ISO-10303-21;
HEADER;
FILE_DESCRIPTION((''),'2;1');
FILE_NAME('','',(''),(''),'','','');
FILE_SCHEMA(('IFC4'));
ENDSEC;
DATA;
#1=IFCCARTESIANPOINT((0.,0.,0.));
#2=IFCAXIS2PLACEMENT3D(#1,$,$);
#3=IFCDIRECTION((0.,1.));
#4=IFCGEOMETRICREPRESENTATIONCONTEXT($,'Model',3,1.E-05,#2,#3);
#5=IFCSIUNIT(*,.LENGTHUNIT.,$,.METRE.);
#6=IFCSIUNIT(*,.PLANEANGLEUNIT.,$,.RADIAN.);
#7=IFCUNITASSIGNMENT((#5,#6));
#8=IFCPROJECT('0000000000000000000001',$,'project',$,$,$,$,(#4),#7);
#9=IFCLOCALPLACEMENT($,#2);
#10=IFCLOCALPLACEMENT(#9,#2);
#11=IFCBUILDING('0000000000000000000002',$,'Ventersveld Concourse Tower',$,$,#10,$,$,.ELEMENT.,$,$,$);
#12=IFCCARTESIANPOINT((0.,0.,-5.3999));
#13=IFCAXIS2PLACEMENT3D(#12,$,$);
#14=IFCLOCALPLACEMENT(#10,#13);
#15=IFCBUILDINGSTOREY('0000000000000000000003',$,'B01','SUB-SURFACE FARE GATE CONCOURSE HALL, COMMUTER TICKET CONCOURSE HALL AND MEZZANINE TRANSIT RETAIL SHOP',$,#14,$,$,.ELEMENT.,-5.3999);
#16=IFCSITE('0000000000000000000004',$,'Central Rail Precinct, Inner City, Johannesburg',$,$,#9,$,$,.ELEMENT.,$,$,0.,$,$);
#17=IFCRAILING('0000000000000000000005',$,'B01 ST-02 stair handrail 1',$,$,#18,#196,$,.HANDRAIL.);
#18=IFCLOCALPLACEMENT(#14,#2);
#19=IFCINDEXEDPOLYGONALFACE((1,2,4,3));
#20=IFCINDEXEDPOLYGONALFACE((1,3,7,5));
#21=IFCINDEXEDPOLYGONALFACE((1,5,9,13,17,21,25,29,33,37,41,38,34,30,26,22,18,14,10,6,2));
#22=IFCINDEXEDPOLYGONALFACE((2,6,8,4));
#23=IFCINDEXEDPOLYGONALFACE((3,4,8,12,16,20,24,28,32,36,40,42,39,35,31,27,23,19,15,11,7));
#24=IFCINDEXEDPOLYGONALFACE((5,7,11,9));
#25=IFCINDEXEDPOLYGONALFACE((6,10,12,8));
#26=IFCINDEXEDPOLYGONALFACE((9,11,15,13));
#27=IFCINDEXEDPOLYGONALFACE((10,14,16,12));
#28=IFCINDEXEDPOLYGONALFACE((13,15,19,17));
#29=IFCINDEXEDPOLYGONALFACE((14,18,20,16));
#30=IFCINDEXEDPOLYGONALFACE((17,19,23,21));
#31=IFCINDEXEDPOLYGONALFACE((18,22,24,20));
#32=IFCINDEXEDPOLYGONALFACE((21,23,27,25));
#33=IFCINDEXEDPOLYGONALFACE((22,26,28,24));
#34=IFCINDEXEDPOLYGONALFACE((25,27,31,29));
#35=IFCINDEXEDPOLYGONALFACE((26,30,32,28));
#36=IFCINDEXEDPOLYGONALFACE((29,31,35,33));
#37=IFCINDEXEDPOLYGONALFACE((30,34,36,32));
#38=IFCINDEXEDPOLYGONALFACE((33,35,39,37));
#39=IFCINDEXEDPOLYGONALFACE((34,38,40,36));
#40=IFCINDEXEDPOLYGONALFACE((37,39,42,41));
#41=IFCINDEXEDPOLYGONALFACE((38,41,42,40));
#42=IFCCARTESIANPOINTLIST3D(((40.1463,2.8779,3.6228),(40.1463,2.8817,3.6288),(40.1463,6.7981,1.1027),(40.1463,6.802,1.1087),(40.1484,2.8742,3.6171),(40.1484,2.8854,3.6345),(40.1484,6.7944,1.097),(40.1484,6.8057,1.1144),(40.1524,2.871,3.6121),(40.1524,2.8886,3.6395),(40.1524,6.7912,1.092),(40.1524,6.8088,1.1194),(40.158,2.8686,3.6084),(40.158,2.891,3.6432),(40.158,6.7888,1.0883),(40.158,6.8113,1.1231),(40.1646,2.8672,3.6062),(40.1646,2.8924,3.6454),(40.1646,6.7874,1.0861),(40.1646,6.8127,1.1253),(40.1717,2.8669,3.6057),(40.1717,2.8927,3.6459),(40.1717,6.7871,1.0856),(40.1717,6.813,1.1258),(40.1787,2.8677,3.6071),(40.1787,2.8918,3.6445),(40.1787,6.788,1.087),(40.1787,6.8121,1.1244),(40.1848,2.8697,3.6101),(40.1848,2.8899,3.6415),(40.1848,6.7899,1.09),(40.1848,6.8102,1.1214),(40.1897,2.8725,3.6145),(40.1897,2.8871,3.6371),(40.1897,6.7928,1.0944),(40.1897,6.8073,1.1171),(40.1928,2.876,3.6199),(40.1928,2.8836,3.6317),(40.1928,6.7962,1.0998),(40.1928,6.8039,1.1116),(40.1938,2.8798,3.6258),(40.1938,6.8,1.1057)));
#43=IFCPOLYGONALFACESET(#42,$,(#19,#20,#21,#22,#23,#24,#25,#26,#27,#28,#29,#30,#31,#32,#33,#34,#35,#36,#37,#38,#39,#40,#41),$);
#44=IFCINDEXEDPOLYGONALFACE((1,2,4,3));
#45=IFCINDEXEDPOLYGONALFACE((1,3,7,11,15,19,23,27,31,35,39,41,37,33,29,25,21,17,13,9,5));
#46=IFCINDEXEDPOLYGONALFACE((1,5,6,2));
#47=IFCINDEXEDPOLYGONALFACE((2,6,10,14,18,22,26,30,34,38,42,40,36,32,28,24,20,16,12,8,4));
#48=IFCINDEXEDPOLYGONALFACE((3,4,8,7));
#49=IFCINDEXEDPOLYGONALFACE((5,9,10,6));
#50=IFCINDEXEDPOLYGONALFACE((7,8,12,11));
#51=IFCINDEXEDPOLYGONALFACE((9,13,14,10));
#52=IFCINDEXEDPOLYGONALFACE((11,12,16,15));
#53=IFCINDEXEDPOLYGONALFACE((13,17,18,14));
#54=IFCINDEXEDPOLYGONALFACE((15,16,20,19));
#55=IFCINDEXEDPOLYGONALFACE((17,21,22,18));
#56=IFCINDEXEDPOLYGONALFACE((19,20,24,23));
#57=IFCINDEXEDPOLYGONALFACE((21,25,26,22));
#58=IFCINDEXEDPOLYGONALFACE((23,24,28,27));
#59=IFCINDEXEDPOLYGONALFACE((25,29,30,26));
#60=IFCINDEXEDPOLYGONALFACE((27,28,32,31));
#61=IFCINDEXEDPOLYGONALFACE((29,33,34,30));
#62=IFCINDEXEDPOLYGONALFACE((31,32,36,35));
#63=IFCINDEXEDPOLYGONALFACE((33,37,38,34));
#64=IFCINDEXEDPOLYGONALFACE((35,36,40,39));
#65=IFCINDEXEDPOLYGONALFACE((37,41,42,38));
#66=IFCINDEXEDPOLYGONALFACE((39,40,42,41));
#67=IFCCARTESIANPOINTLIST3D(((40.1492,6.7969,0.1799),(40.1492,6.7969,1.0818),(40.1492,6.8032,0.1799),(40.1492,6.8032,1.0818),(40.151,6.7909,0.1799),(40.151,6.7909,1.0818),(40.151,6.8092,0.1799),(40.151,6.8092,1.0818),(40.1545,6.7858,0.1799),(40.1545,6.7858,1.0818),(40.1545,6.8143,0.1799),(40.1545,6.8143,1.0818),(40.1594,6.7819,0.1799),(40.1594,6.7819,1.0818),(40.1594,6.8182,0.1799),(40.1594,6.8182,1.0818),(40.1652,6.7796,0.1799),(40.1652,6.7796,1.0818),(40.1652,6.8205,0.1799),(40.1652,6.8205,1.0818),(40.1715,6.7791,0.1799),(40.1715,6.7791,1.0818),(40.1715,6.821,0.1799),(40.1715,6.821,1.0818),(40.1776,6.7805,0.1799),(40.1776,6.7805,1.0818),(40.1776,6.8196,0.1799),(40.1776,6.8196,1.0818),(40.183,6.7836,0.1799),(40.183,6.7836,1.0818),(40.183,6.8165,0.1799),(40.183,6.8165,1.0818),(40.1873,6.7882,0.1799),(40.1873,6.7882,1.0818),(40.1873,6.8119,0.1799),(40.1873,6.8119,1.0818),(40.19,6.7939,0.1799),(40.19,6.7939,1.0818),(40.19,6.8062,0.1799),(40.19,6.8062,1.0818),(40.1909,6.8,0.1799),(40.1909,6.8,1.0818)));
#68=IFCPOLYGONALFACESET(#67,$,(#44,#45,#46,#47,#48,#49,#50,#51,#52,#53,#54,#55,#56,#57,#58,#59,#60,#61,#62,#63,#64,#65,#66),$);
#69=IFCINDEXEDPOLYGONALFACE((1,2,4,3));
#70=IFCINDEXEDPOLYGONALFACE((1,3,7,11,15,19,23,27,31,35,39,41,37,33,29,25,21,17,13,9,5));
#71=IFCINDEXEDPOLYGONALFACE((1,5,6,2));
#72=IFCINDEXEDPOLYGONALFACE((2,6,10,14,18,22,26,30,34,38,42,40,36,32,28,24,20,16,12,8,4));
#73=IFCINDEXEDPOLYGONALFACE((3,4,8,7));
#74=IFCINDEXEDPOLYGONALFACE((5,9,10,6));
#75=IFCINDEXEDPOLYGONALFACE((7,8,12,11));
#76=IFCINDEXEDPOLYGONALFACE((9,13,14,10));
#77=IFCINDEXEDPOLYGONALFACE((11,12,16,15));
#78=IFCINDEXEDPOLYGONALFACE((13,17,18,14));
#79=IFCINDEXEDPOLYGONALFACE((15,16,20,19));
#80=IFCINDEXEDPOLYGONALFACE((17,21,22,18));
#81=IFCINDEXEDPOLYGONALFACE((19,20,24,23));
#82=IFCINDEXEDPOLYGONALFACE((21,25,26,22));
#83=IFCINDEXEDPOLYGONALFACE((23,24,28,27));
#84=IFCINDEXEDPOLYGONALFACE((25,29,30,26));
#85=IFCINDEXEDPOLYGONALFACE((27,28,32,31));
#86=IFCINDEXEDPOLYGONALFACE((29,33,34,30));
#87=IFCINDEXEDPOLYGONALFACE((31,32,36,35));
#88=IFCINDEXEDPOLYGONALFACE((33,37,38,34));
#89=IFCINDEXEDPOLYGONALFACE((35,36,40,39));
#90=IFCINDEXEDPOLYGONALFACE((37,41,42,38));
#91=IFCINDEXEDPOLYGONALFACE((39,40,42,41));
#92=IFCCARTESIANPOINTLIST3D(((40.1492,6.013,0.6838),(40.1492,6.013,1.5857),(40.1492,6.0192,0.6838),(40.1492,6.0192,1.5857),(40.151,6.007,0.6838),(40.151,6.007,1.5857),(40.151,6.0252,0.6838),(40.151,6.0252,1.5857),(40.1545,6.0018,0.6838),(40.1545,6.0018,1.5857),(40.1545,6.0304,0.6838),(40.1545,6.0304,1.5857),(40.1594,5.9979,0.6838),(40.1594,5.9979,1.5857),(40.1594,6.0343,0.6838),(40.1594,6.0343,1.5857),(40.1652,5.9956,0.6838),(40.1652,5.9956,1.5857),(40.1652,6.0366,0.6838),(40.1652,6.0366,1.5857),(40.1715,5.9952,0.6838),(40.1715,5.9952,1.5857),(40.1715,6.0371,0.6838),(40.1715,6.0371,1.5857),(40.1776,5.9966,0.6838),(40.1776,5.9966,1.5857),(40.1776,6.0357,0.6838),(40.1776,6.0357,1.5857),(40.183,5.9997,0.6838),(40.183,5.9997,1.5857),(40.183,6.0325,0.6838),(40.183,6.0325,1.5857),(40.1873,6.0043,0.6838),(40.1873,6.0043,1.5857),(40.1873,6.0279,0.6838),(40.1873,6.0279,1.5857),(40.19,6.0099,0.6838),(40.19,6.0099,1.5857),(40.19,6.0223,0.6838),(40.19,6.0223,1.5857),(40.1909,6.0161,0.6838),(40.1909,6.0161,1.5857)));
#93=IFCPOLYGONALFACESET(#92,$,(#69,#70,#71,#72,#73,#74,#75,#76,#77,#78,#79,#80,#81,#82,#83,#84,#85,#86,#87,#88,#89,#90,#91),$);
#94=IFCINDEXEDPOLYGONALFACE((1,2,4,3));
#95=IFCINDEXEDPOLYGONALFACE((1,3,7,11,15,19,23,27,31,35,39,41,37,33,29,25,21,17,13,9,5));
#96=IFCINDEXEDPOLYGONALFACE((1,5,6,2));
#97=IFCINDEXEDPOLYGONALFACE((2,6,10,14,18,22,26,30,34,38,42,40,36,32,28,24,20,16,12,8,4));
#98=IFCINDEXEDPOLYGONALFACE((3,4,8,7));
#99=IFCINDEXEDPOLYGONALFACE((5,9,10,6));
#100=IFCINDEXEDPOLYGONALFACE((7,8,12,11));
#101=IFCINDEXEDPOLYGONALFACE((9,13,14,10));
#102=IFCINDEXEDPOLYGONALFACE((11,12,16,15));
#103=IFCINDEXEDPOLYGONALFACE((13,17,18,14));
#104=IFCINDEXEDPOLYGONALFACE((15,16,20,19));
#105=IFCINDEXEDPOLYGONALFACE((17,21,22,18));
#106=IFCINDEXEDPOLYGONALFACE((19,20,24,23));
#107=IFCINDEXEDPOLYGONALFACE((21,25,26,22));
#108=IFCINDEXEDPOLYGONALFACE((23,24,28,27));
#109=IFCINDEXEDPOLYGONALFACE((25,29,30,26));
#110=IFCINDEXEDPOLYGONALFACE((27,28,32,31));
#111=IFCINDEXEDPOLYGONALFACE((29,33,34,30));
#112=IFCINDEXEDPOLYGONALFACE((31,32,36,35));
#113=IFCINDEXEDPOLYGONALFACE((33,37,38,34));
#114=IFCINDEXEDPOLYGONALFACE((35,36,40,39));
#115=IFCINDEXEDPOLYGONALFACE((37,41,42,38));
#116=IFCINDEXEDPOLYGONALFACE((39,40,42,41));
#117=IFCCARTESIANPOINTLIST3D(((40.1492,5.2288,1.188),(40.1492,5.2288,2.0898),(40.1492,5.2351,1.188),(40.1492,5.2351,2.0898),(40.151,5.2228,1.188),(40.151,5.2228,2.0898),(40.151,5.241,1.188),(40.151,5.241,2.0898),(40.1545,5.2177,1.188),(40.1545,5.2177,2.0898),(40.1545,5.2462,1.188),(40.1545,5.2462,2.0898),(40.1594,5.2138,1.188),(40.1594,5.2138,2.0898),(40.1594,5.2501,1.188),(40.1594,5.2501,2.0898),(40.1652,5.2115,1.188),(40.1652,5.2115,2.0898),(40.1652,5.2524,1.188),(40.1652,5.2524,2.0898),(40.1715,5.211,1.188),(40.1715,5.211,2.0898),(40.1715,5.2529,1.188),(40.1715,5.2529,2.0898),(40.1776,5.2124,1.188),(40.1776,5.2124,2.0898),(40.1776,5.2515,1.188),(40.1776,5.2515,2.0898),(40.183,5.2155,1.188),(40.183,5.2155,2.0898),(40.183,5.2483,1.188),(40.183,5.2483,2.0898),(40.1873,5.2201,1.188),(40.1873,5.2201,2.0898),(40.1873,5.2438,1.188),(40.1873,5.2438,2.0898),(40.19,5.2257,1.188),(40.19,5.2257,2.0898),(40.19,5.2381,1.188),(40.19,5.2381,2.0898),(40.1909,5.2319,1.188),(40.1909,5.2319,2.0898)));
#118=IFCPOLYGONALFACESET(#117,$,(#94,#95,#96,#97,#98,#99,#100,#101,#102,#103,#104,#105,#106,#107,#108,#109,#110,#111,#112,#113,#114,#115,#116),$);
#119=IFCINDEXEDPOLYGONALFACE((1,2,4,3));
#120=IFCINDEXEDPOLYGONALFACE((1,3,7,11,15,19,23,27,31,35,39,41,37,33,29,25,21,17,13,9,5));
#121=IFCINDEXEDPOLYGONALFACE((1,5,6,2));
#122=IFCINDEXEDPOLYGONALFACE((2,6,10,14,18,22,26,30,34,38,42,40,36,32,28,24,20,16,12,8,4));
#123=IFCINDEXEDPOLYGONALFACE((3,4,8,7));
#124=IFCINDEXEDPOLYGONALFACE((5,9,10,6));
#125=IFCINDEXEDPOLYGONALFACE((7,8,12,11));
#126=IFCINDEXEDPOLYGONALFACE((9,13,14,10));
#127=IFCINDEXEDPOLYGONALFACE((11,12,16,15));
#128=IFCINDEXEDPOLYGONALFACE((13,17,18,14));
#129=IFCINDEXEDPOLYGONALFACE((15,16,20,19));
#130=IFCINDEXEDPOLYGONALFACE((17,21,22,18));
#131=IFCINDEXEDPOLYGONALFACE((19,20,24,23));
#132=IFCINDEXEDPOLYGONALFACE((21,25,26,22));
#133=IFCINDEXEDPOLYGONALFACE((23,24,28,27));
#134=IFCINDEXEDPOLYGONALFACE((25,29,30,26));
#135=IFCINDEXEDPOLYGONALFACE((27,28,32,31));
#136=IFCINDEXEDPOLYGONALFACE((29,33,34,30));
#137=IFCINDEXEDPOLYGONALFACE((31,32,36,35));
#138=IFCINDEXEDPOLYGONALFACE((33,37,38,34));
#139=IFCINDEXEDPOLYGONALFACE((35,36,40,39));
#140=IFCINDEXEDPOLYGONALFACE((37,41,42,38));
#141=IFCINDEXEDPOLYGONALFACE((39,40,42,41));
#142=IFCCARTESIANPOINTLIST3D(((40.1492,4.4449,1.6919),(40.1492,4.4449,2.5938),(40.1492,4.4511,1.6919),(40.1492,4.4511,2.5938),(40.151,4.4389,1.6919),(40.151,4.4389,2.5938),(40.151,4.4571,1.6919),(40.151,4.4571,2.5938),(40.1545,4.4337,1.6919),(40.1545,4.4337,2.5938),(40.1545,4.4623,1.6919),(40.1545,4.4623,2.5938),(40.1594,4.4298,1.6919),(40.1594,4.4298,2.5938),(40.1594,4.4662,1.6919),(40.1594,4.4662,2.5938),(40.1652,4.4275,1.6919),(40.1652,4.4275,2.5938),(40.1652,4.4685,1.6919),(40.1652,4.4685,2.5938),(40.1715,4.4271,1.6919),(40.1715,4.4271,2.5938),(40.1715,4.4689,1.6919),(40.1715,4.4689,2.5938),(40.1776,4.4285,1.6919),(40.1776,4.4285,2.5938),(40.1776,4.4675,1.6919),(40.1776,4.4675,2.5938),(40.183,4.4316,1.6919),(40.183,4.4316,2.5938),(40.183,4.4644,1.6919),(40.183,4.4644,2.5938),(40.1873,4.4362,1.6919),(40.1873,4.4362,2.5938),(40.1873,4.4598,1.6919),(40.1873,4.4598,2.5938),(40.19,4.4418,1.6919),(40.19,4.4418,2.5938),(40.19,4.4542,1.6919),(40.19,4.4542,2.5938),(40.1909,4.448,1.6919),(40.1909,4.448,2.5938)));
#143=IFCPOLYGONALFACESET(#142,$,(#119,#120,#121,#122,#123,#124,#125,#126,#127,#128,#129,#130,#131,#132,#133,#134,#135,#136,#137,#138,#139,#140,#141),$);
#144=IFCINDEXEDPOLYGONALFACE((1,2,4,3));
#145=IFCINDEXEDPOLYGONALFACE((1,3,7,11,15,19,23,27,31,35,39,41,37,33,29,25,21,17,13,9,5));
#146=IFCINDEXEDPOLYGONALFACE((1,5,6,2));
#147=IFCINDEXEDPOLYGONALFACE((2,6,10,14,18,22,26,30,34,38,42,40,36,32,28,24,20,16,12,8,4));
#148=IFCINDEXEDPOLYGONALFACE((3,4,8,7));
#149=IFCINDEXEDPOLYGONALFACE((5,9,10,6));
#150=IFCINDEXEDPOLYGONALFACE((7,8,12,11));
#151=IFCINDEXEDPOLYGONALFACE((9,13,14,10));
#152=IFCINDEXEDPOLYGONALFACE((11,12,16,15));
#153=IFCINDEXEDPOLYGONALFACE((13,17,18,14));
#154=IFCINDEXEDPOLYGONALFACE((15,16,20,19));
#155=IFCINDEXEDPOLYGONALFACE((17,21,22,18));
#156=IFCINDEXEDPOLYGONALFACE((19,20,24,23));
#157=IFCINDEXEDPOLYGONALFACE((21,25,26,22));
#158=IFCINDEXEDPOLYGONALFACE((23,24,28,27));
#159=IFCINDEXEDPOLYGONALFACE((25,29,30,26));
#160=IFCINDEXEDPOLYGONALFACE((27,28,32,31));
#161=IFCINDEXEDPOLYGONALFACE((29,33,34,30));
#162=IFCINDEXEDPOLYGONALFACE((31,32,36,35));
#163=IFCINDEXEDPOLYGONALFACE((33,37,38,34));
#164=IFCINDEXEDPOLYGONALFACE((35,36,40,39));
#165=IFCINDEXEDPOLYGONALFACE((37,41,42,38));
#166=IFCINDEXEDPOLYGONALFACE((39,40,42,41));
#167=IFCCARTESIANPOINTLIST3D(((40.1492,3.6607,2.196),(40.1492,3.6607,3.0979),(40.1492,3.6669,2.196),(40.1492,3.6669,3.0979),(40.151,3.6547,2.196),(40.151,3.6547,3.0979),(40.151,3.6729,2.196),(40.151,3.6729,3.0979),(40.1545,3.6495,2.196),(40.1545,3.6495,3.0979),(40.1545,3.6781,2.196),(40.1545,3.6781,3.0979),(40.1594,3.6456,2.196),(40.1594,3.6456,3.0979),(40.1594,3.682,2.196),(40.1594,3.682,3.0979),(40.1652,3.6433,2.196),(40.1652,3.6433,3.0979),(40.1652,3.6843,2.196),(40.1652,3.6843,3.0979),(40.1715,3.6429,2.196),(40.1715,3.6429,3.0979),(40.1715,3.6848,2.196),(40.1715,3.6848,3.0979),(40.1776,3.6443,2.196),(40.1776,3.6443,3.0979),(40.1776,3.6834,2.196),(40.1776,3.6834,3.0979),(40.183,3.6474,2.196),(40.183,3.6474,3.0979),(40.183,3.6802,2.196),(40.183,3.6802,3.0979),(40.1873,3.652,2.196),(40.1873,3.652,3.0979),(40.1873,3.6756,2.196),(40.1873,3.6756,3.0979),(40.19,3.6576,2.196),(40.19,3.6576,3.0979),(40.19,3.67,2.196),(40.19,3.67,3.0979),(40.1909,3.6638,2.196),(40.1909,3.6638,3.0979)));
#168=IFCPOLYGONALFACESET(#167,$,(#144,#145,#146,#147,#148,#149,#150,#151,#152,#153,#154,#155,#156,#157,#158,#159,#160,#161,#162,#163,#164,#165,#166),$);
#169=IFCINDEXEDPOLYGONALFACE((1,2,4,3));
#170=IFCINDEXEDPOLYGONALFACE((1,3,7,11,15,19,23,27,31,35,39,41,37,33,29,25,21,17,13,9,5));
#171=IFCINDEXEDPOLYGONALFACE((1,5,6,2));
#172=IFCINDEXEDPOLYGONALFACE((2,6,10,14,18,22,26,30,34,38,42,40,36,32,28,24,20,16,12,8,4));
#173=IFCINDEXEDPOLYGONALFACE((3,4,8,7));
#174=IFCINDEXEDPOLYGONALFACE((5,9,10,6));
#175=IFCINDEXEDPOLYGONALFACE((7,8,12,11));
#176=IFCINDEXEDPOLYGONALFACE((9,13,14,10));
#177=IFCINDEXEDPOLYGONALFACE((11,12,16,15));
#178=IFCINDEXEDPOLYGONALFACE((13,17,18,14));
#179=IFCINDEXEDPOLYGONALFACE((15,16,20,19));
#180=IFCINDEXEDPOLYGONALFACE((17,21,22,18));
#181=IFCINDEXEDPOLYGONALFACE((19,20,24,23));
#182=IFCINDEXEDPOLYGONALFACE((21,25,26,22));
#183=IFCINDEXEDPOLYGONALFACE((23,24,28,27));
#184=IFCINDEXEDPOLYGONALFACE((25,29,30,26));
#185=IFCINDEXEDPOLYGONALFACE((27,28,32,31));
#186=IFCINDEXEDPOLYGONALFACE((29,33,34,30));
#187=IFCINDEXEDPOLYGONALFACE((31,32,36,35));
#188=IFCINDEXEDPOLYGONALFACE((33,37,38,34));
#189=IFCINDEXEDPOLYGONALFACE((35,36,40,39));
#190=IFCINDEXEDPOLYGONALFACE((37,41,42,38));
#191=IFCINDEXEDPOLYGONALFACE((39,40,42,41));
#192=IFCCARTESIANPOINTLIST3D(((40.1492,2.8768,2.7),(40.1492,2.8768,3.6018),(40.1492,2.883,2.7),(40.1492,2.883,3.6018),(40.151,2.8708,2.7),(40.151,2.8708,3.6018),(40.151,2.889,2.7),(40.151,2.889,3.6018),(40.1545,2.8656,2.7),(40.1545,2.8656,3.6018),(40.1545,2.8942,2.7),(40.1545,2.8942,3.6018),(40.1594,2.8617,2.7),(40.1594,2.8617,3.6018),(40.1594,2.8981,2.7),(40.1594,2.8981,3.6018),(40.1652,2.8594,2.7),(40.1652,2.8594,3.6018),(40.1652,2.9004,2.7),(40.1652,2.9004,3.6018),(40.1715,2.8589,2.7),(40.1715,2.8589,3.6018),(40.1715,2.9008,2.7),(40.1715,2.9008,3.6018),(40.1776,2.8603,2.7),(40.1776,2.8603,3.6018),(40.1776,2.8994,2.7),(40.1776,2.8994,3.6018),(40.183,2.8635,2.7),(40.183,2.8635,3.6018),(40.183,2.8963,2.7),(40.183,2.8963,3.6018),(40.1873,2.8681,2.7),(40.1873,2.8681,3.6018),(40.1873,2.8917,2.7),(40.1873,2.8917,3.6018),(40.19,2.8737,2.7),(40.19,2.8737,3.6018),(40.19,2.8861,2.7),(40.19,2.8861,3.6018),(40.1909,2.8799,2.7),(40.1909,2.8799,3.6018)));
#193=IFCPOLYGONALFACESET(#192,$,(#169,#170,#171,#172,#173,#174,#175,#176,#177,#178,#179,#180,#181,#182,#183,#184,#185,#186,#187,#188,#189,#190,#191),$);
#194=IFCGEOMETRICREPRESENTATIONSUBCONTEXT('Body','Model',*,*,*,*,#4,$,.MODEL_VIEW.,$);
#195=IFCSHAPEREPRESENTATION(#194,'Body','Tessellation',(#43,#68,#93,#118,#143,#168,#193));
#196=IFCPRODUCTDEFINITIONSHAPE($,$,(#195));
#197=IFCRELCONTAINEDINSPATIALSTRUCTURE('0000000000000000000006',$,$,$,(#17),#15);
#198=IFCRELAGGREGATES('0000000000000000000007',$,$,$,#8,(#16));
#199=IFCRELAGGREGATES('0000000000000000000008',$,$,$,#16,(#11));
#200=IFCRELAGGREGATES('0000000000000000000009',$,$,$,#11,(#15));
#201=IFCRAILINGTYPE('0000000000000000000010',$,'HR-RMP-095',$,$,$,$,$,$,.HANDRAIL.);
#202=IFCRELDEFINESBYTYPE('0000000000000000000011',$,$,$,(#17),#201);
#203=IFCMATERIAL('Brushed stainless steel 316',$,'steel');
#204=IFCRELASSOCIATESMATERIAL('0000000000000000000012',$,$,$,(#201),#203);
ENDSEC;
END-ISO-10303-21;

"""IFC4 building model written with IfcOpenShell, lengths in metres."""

from ifc_helpers import new_model, si_unit, direction, frame, origin, origin_2d, place, context, subcontext, project, spatial, circle, extrude, material, type_object, element, save


model = new_model("IFC4")

# Units and contexts
model_context = context("Model", 3, precision=1e-05, world=origin(), true_north=direction((0.0, 1.0)))
body_context = subcontext(model_context, "Body", "Model", "MODEL_VIEW")
ifc_project = project(units=[si_unit("LENGTHUNIT", "METRE"), si_unit("PLANEANGLEUNIT", "RADIAN")], contexts=[model_context])

# Site, building, storey
site_placement = place(None, origin())
site = spatial("IfcSite", under=ifc_project, at=site_placement, Name="Central Rail Precinct, Inner City, Johannesburg", CompositionType="ELEMENT", RefElevation=0.0)
building_placement = place(site_placement, origin())
building = spatial("IfcBuilding", under=site, at=building_placement, Name="Ventersveld Concourse Tower", CompositionType="ELEMENT")
storey_placement = place(building_placement, frame((0.0, 0.0, -5.3999)))
storey = spatial("IfcBuildingStorey", under=building, at=storey_placement, Name="B01", Description="SUB-SURFACE FARE GATE CONCOURSE HALL, COMMUTER TICKET CONCOURSE HALL AND MEZZANINE TRANSIT RETAIL SHOP", CompositionType="ELEMENT", Elevation=-5.3999)

# Shared definitions
ifc_material_1 = material(Name="Brushed stainless steel 316", Category="steel")

# Railing
railing_type_1 = type_object("IfcRailingType", Name="HR-RMP-095", PredefinedType="HANDRAIL", material=ifc_material_1)
railing_1_placement = place(storey_placement, frame((40.1699, 6.8, 0.1799)))
element("IfcRailing", 1, at=railing_1_placement, inside=storey, type_object=railing_type_1, Name="B01 ST-02 stair handrail 1", PredefinedType="HANDRAIL", context=body_context, shape_type="SweptSolid", body=[
    extrude(circle(Radius=0.0239, at=origin_2d()), frame((0.0, 0.0, 0.9258), z_axis=(0.0, -0.841187, 0.540744), x_axis=(1.0, 0.0, 0.0)), (0.0, 0.0, 1.0), 4.6604),
    extrude(circle(Radius=0.021, at=origin_2d()), origin(), (0.0, 0.0, 1.0), 0.9019),
    extrude(circle(Radius=0.021, at=origin_2d()), frame((0.0, -0.7839, 0.5039)), (0.0, 0.0, 1.0), 0.9019),
    extrude(circle(Radius=0.021, at=origin_2d()), frame((0.0, -1.5681, 1.0081)), (0.0, 0.0, 1.0), 0.9019),
    extrude(circle(Radius=0.021, at=origin_2d()), frame((0.0, -2.3521, 1.512)), (0.0, 0.0, 1.0), 0.9019),
    extrude(circle(Radius=0.021, at=origin_2d()), frame((0.0, -3.1362, 2.0161)), (0.0, 0.0, 1.0), 0.9019),
    extrude(circle(Radius=0.021, at=origin_2d()), frame((0.0, -3.9202, 2.52)), (0.0, 0.0, 1.0), 0.9019),
])

save(model, "model.ifc")
